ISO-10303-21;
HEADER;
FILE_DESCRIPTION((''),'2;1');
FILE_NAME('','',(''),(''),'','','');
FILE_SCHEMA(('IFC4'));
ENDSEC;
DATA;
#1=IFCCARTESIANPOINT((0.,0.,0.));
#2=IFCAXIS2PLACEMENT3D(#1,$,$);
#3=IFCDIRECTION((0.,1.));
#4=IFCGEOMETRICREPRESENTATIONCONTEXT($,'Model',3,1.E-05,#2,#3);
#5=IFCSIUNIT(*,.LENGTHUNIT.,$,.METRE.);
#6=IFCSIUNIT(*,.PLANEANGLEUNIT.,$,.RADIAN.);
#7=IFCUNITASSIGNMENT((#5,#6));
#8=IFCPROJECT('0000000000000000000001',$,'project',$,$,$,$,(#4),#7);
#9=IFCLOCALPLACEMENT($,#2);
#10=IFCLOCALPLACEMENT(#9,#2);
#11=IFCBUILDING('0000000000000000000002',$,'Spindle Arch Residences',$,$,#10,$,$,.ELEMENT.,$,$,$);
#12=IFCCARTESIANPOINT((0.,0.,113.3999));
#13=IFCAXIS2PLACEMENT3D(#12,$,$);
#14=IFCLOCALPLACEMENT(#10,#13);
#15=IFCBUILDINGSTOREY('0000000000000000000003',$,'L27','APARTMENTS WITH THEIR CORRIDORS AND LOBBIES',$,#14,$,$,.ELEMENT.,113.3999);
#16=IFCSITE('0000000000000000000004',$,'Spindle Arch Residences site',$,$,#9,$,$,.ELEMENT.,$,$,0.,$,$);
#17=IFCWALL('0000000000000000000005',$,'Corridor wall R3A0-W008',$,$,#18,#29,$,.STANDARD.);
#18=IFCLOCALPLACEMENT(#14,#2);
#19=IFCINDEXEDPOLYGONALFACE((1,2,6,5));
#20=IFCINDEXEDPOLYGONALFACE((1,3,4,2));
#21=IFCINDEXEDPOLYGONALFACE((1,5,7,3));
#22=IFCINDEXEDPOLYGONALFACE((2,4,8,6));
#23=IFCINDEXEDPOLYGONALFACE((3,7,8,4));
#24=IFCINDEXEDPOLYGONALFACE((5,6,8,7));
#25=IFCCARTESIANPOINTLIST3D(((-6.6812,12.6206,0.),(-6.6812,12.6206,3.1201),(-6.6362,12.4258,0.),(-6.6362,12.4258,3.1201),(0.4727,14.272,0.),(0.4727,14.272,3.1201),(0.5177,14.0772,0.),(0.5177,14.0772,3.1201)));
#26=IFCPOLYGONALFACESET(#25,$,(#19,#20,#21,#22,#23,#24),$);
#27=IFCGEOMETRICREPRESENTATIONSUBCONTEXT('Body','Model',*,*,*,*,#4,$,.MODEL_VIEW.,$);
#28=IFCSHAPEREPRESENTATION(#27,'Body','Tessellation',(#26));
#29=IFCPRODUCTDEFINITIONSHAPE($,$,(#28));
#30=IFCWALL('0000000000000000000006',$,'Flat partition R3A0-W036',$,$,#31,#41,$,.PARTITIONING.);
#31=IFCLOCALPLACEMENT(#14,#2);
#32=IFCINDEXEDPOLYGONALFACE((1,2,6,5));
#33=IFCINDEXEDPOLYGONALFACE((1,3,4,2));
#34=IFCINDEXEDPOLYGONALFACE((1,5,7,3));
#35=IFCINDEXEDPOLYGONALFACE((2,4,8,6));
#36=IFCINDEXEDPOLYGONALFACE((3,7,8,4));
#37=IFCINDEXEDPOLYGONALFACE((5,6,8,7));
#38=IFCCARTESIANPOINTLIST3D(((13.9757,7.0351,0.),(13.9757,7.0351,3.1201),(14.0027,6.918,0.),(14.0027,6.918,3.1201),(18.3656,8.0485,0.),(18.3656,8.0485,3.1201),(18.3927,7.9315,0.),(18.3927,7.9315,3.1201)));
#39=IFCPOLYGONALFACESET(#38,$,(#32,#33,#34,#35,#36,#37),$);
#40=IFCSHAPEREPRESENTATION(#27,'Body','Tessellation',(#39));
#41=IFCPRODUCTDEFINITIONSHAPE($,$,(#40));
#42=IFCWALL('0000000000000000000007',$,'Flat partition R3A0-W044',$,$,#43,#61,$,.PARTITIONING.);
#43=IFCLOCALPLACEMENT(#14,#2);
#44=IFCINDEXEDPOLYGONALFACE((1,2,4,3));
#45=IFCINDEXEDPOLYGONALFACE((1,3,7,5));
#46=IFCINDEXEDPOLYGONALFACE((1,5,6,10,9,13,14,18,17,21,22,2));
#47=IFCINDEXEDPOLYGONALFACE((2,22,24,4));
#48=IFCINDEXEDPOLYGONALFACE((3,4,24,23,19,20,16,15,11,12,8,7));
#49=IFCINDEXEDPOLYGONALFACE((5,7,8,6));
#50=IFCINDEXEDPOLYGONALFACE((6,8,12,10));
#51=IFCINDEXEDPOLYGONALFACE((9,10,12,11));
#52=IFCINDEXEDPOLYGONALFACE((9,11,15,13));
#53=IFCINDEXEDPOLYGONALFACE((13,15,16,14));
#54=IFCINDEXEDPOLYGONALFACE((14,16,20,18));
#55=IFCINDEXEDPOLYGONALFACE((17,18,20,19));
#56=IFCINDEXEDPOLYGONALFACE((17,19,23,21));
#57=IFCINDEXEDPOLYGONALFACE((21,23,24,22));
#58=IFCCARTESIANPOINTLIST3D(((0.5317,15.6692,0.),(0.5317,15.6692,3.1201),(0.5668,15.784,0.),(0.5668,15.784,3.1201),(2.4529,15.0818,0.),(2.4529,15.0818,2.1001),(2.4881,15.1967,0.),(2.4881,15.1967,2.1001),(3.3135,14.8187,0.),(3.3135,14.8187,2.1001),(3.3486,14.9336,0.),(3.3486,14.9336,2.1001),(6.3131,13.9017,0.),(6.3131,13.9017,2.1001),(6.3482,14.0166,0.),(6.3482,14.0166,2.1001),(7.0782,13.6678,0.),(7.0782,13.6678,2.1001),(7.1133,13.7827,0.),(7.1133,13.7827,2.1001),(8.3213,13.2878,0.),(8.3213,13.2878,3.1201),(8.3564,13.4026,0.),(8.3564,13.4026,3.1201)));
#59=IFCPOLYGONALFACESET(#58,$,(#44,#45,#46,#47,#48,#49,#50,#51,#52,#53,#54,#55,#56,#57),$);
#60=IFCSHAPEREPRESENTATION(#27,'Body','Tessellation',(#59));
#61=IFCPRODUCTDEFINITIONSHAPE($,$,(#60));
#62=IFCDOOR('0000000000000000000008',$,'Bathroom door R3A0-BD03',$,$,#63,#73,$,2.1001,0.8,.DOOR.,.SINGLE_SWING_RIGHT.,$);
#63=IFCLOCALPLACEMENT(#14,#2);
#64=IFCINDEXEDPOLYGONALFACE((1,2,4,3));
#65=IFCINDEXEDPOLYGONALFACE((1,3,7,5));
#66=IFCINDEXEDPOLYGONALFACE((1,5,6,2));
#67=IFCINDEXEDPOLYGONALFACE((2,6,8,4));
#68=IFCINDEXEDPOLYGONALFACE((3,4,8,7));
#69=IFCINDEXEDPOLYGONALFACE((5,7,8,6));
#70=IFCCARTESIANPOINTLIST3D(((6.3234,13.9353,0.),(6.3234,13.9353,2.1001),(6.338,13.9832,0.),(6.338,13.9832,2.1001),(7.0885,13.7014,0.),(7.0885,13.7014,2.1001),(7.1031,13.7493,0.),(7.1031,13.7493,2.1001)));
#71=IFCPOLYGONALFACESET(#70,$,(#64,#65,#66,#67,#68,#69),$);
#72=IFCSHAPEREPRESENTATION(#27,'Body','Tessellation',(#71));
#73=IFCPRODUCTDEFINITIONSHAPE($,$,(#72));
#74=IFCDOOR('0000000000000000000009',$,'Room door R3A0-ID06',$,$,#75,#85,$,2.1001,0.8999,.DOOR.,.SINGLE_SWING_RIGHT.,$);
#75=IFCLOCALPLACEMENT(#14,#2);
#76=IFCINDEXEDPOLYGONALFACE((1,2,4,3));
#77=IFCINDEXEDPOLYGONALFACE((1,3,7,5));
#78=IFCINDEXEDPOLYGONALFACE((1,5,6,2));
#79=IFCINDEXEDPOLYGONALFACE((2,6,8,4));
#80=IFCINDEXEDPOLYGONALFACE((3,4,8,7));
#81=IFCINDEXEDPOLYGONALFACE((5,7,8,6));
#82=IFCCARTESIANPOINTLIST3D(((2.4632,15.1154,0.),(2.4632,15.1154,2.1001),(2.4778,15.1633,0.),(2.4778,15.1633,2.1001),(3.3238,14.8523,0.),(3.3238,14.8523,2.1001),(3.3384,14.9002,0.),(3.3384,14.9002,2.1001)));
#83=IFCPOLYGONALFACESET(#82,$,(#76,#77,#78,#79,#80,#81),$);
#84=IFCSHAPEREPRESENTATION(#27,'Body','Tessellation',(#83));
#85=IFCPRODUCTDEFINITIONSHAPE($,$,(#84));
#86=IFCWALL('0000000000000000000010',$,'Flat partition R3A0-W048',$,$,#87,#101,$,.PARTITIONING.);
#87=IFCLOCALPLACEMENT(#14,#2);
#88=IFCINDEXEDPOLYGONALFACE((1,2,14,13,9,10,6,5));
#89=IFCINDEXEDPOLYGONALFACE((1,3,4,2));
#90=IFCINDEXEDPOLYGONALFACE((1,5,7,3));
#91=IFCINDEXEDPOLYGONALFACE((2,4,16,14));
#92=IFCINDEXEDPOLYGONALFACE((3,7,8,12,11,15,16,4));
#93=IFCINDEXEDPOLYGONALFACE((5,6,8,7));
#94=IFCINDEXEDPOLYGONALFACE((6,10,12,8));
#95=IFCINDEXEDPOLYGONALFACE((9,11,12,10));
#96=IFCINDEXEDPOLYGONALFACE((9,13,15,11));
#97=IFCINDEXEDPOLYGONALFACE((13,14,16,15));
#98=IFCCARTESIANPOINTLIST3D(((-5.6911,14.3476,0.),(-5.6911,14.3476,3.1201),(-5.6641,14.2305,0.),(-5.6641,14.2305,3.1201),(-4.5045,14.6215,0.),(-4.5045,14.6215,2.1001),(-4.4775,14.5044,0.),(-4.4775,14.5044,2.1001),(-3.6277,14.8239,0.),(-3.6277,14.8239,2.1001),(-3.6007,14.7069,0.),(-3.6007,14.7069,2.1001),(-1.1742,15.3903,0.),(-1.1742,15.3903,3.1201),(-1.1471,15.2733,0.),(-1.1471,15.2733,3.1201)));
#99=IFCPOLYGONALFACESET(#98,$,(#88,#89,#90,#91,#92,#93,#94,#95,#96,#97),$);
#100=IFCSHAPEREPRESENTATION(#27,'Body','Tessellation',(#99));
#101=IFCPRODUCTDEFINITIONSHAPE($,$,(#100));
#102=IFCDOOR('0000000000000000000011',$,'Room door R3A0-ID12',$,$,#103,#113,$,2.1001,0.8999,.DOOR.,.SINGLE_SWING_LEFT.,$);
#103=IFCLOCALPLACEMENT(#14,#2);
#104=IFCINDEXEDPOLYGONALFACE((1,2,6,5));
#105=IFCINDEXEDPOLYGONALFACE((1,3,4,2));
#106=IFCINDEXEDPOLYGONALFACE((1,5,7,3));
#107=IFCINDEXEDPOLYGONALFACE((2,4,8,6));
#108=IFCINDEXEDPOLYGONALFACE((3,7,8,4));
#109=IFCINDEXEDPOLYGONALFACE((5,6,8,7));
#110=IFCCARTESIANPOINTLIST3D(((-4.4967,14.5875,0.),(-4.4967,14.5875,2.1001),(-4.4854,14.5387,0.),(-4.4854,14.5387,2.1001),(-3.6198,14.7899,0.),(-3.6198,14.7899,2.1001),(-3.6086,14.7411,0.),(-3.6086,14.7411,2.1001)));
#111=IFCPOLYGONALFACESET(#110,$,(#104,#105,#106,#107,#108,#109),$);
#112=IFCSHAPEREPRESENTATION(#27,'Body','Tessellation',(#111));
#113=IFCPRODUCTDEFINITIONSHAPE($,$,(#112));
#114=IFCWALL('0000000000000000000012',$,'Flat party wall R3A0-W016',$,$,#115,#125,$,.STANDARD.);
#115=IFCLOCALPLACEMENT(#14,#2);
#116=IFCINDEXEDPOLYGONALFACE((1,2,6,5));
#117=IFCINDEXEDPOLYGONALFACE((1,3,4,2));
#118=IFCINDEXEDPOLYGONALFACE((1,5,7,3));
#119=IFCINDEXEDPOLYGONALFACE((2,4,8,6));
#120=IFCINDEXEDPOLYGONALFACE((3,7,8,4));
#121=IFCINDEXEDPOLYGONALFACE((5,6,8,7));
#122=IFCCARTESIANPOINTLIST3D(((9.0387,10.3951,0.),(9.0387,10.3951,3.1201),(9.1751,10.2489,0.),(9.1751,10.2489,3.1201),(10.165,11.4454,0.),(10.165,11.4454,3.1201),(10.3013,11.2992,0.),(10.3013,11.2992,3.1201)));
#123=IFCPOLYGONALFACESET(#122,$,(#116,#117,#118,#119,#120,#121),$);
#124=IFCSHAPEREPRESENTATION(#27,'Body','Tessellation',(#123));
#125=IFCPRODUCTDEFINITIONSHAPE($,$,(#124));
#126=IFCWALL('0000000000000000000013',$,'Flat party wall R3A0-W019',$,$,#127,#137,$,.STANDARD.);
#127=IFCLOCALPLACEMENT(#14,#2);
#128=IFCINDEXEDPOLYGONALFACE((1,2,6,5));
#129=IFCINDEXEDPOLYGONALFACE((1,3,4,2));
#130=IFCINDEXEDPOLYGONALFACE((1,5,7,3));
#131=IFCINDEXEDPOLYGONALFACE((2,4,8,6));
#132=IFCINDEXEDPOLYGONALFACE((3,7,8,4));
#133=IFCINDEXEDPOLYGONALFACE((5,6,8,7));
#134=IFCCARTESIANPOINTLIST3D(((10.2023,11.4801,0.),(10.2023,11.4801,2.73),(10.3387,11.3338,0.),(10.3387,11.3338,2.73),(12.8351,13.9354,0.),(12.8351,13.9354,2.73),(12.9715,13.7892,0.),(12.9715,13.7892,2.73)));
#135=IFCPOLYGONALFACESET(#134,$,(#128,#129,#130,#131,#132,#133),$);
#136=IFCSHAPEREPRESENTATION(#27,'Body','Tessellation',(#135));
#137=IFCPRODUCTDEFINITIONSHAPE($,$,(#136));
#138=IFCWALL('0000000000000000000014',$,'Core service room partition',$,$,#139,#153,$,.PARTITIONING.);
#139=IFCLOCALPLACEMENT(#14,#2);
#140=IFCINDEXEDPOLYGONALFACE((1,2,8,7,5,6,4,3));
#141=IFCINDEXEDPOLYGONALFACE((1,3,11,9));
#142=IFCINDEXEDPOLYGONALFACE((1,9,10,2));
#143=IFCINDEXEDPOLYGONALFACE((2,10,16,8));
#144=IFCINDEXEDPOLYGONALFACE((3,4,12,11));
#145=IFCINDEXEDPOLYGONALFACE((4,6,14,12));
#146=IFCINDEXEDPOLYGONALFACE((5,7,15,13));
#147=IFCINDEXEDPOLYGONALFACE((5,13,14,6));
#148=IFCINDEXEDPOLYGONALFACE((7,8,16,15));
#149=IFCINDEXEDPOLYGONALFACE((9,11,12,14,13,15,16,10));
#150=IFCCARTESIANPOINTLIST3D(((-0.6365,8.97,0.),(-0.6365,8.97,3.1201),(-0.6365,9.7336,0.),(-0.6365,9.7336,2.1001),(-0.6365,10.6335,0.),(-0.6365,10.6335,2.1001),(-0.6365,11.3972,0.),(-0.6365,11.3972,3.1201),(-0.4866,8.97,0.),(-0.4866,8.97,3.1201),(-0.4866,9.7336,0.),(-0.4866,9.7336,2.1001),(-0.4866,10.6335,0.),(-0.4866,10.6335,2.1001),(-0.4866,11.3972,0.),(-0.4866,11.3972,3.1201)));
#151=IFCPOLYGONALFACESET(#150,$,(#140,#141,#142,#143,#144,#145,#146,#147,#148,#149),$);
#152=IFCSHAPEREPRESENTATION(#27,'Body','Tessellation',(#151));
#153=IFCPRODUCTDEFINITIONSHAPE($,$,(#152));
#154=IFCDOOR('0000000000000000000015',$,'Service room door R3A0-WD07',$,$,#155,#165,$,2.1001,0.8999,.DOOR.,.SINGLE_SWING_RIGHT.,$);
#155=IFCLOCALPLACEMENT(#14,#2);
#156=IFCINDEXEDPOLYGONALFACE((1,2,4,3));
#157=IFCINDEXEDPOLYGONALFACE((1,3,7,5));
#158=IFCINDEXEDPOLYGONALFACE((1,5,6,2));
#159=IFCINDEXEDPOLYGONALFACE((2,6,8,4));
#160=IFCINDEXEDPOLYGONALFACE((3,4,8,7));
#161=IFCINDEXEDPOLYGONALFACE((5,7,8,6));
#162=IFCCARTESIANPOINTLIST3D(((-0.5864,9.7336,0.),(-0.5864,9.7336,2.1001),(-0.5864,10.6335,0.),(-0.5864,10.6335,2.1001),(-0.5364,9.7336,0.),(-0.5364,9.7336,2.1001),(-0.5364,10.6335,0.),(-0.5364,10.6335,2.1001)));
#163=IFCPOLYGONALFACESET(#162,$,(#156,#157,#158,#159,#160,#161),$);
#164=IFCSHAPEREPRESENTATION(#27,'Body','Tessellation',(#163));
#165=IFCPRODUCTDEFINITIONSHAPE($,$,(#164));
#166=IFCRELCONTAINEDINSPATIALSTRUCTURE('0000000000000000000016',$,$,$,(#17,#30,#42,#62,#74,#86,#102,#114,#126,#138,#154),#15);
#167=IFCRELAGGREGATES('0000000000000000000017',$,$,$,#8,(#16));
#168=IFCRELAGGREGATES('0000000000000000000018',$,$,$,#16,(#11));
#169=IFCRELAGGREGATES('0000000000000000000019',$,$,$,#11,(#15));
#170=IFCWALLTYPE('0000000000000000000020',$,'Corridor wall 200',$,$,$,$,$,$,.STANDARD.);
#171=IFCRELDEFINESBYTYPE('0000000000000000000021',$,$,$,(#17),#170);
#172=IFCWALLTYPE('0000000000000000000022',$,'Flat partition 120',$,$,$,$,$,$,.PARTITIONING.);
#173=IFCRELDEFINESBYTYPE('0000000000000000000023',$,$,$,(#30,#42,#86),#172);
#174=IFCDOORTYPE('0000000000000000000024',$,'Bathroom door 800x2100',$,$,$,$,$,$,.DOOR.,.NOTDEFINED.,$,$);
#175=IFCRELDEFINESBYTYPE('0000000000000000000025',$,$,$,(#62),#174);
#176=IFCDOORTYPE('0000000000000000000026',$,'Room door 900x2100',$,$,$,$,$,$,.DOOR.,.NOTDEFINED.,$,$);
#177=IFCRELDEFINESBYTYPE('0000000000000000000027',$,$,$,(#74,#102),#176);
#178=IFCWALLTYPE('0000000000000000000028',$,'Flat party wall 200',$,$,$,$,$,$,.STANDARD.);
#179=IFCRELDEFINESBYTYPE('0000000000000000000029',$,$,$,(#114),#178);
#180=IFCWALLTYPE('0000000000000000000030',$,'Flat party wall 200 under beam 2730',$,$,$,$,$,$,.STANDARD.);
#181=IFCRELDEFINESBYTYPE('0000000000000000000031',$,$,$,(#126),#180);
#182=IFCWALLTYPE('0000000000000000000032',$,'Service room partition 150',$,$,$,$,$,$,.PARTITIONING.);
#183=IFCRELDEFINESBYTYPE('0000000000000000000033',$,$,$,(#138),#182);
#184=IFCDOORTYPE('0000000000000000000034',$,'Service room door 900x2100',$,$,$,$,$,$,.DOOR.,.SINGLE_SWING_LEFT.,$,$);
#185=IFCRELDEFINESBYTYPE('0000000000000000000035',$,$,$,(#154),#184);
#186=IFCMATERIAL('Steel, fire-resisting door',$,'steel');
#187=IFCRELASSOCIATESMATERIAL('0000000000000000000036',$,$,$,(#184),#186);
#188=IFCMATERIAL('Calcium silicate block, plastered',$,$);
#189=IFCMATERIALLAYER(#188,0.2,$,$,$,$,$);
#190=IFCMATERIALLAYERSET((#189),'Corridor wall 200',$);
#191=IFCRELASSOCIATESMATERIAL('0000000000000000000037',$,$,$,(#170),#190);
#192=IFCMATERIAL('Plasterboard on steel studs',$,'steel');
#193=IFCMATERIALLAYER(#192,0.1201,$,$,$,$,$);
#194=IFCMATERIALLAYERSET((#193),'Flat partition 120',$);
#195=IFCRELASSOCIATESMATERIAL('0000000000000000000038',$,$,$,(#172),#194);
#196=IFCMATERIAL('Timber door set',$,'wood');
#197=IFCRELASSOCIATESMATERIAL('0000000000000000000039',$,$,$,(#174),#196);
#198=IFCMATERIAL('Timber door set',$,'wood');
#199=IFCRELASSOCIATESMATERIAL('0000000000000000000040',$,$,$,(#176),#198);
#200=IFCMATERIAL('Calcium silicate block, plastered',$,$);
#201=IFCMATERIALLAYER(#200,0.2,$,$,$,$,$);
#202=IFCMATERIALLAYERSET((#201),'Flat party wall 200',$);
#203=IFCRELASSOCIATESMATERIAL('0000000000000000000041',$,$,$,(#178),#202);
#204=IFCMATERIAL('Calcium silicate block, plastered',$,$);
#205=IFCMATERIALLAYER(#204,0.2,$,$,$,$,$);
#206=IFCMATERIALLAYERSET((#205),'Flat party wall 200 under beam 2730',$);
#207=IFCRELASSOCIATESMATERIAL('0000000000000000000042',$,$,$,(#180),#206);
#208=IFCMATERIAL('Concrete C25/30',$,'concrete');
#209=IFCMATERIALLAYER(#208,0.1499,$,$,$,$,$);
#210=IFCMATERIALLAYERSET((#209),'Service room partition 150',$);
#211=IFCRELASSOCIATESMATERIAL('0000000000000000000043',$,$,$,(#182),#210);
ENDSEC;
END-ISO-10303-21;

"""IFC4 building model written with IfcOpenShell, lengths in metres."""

from ifc_helpers import new_model, si_unit, direction, frame, frame_2d, origin, place, context, subcontext, project, spatial, rectangle, extrude, material, layer, layer_set, type_object, element, fill, save


model = new_model("IFC4")

# Units and contexts
model_context = context("Model", 3, precision=1e-05, world=origin(), true_north=direction((0.0, 1.0)))
body_context = subcontext(model_context, "Body", "Model", "MODEL_VIEW")
ifc_project = project(units=[si_unit("LENGTHUNIT", "METRE"), si_unit("PLANEANGLEUNIT", "RADIAN")], contexts=[model_context])

# Site, building, storey
site_placement = place(None, origin())
site = spatial("IfcSite", under=ifc_project, at=site_placement, Name="Spindle Arch Residences site", CompositionType="ELEMENT", RefElevation=0.0)
building_placement = place(site_placement, origin())
building = spatial("IfcBuilding", under=site, at=building_placement, Name="Spindle Arch Residences", CompositionType="ELEMENT")
storey_placement = place(building_placement, frame((0.0, 0.0, 113.3999)))
storey = spatial("IfcBuildingStorey", under=building, at=storey_placement, Name="L27", Description="APARTMENTS WITH THEIR CORRIDORS AND LOBBIES", CompositionType="ELEMENT", Elevation=113.3999)

# Shared definitions
ifc_material_1 = material(Name="Steel, fire-resisting door", Category="steel")
door_type_1 = type_object("IfcDoorType", Name="Service room door 900x2100", OperationType="SINGLE_SWING_LEFT", PredefinedType="DOOR", material=ifc_material_1)

# Walls
ifc_material_2 = material(Name="Calcium silicate block, plastered")
ifc_layer_1 = layer(ifc_material_2, 0.2)
ifc_layer_set_1 = layer_set([ifc_layer_1], Name="Corridor wall 200")
wall_type_1 = type_object("IfcWallType", Name="Corridor wall 200", PredefinedType="STANDARD", material=ifc_layer_set_1)
wall_1_placement = place(storey_placement, frame((0.4951, 14.1746, 0.0), z_axis=(0.0, 0.0, 1.0), x_axis=(-0.974377, -0.224923, 0.0)))
element("IfcWall", 1, at=wall_1_placement, inside=storey, type_object=wall_type_1, Name="Corridor wall R3A0-W008", PredefinedType="STANDARD", context=body_context, shape_type="SweptSolid", body=[
    extrude(rectangle(XDim=7.342, YDim=0.2, at=frame_2d((3.6709, 0.0))), origin(), (0.0, 0.0, 1.0), 3.1201),
])
ifc_material_3 = material(Name="Plasterboard on steel studs", Category="steel")
ifc_layer_2 = layer(ifc_material_3, 0.1201)
ifc_layer_set_2 = layer_set([ifc_layer_2], Name="Flat partition 120")
wall_type_2 = type_object("IfcWallType", Name="Flat partition 120", PredefinedType="PARTITIONING", material=ifc_layer_set_2)
wall_2_placement = place(storey_placement, frame((18.3792, 7.99, 0.0), z_axis=(0.0, 0.0, 1.0), x_axis=(-0.974373, -0.224939, 0.0)))
element("IfcWall", 2, at=wall_2_placement, inside=storey, type_object=wall_type_2, Name="Flat partition R3A0-W036", PredefinedType="PARTITIONING", context=body_context, shape_type="SweptSolid", body=[
    extrude(rectangle(XDim=4.5054, YDim=0.1201, at=frame_2d((2.2527, 0.0))), origin(), (0.0, 0.0, 1.0), 3.1201),
])

# Wall, openings, doors
wall_3_placement = place(storey_placement, frame((8.3389, 13.3452, 0.0), z_axis=(0.0, 0.0, 1.0), x_axis=(-0.95631, 0.292354, 0.0)))
wall_3 = element("IfcWall", 3, at=wall_3_placement, inside=storey, type_object=wall_type_2, Name="Flat partition R3A0-W044", PredefinedType="PARTITIONING", context=body_context, shape_type="SweptSolid", body=[
    extrude(rectangle(XDim=8.1455, YDim=0.1201, at=frame_2d((4.0728, 0.0))), origin(), (0.0, 0.0, 1.0), 3.1201),
])
opening_1_placement = place(wall_3_placement, frame((1.3, 0.0, 0.0)))
opening_1 = element("IfcOpeningElement", 4, at=opening_1_placement, cuts=wall_3, PredefinedType="OPENING", context=body_context, shape_type="SweptSolid", body=[
    extrude(rectangle(XDim=0.8, YDim=2.1001, at=frame_2d((0.3999, 1.05))), frame((0.0, 0.0701, 0.0), z_axis=(0.0, -1.0, 0.0), x_axis=(1.0, 0.0, 0.0)), (0.0, 0.0, 1.0), 0.1401),
])
opening_2_placement = place(wall_3_placement, frame((5.2366, 0.0, 0.0)))
opening_2 = element("IfcOpeningElement", 5, at=opening_2_placement, cuts=wall_3, PredefinedType="OPENING", context=body_context, shape_type="SweptSolid", body=[
    extrude(rectangle(XDim=0.8999, YDim=2.1001, at=frame_2d((0.45, 1.05))), frame((0.0, 0.0701, 0.0), z_axis=(0.0, -1.0, 0.0), x_axis=(1.0, 0.0, 0.0)), (0.0, 0.0, 1.0), 0.1401),
])
ifc_material_4 = material(Name="Timber door set", Category="wood")
door_type_2 = type_object("IfcDoorType", Name="Bathroom door 800x2100", OperationType="NOTDEFINED", PredefinedType="DOOR", material=ifc_material_4)
door_1_placement = place(opening_1_placement, origin())
door_1 = element("IfcDoor", 6, at=door_1_placement, inside=storey, type_object=door_type_2, Name="Bathroom door R3A0-BD03", OperationType="SINGLE_SWING_RIGHT", OverallHeight=2.1001, OverallWidth=0.8, PredefinedType="DOOR", context=body_context, shape_type="SweptSolid", body=[
    extrude(rectangle(XDim=0.8, YDim=2.1001, at=frame_2d((0.3999, 1.05))), frame((0.0, 0.0249, 0.0), z_axis=(0.0, -1.0, 0.0), x_axis=(1.0, 0.0, 0.0)), (0.0, 0.0, 1.0), 0.05),
])
fill(opening_1, door_1)
ifc_material_5 = material(Name="Timber door set", Category="wood")
door_type_3 = type_object("IfcDoorType", Name="Room door 900x2100", OperationType="NOTDEFINED", PredefinedType="DOOR", material=ifc_material_5)
door_2_placement = place(opening_2_placement, origin())
door_2 = element("IfcDoor", 7, at=door_2_placement, inside=storey, type_object=door_type_3, Name="Room door R3A0-ID06", OperationType="SINGLE_SWING_RIGHT", OverallHeight=2.1001, OverallWidth=0.8999, PredefinedType="DOOR", context=body_context, shape_type="SweptSolid", body=[
    extrude(rectangle(XDim=0.8999, YDim=2.1001, at=frame_2d((0.45, 1.05))), frame((0.0, 0.0249, 0.0), z_axis=(0.0, -1.0, 0.0), x_axis=(1.0, 0.0, 0.0)), (0.0, 0.0, 1.0), 0.05),
])
fill(opening_2, door_2)

# Wall, opening, door
wall_4_placement = place(storey_placement, frame((-1.1606, 15.3318, 0.0), z_axis=(0.0, 0.0, 1.0), x_axis=(-0.974373, -0.224936, 0.0)))
wall_4 = element("IfcWall", 8, at=wall_4_placement, inside=storey, type_object=wall_type_2, Name="Flat partition R3A0-W048", PredefinedType="PARTITIONING", context=body_context, shape_type="SweptSolid", body=[
    extrude(rectangle(XDim=4.6357, YDim=0.1201, at=frame_2d((2.3179, 0.0))), origin(), (0.0, 0.0, 1.0), 3.1201),
])
opening_3_placement = place(wall_4_placement, frame((2.5181, 0.0, 0.0)))
opening_3 = element("IfcOpeningElement", 9, at=opening_3_placement, cuts=wall_4, PredefinedType="OPENING", context=body_context, shape_type="SweptSolid", body=[
    extrude(rectangle(XDim=0.8999, YDim=2.1001, at=frame_2d((0.45, 1.05))), frame((0.0, 0.0701, 0.0), z_axis=(0.0, -1.0, 0.0), x_axis=(1.0, 0.0, 0.0)), (0.0, 0.0, 1.0), 0.1401),
])
door_3_placement = place(opening_3_placement, origin())
door_3 = element("IfcDoor", 10, at=door_3_placement, inside=storey, type_object=door_type_3, Name="Room door R3A0-ID12", OperationType="SINGLE_SWING_LEFT", OverallHeight=2.1001, OverallWidth=0.8999, PredefinedType="DOOR", context=body_context, shape_type="SweptSolid", body=[
    extrude(rectangle(XDim=0.8999, YDim=2.1001, at=frame_2d((0.45, 1.05))), frame((0.0, 0.0249, 0.0), z_axis=(0.0, -1.0, 0.0), x_axis=(1.0, 0.0, 0.0)), (0.0, 0.0, 1.0), 0.05),
])
fill(opening_3, door_3)

# Walls
ifc_material_6 = material(Name="Calcium silicate block, plastered")
ifc_layer_3 = layer(ifc_material_6, 0.2)
ifc_layer_set_3 = layer_set([ifc_layer_3], Name="Flat party wall 200")
wall_type_3 = type_object("IfcWallType", Name="Flat party wall 200", PredefinedType="STANDARD", material=ifc_layer_set_3)
wall_5_placement = place(storey_placement, frame((10.2332, 11.3723, 0.0), z_axis=(0.0, 0.0, 1.0), x_axis=(-0.731329, -0.682024, 0.0)))
element("IfcWall", 11, at=wall_5_placement, inside=storey, type_object=wall_type_3, Name="Flat party wall R3A0-W016", PredefinedType="STANDARD", context=body_context, shape_type="SweptSolid", body=[
    extrude(rectangle(XDim=1.54, YDim=0.2, at=frame_2d((0.77, 0.0))), origin(), (0.0, 0.0, 1.0), 3.1201),
])
ifc_material_7 = material(Name="Calcium silicate block, plastered")
ifc_layer_4 = layer(ifc_material_7, 0.2)
ifc_layer_set_4 = layer_set([ifc_layer_4], Name="Flat party wall 200 under beam 2730")
wall_type_4 = type_object("IfcWallType", Name="Flat party wall 200 under beam 2730", PredefinedType="STANDARD", material=ifc_layer_set_4)
wall_6_placement = place(storey_placement, frame((12.9033, 13.8623, 0.0), z_axis=(0.0, 0.0, 1.0), x_axis=(-0.731328, -0.682026, 0.0)))
element("IfcWall", 12, at=wall_6_placement, inside=storey, type_object=wall_type_4, Name="Flat party wall R3A0-W019", PredefinedType="STANDARD", context=body_context, shape_type="SweptSolid", body=[
    extrude(rectangle(XDim=3.6001, YDim=0.2, at=frame_2d((1.8, 0.0))), origin(), (0.0, 0.0, 1.0), 2.73),
])

# Wall, opening, door
ifc_material_8 = material(Name="Concrete C25/30", Category="concrete")
ifc_layer_5 = layer(ifc_material_8, 0.1499)
ifc_layer_set_5 = layer_set([ifc_layer_5], Name="Service room partition 150")
wall_type_5 = type_object("IfcWallType", Name="Service room partition 150", PredefinedType="PARTITIONING", material=ifc_layer_set_5)
wall_7_placement = place(storey_placement, frame((-0.5615, 8.97, 0.0), z_axis=(0.0, 0.0, 1.0), x_axis=(0.0, 1.0, 0.0)))
wall_7 = element("IfcWall", 13, at=wall_7_placement, inside=storey, type_object=wall_type_5, Name="Core service room partition", PredefinedType="PARTITIONING", context=body_context, shape_type="SweptSolid", body=[
    extrude(rectangle(XDim=2.4272, YDim=0.1499, at=frame_2d((1.2136, 0.0))), origin(), (0.0, 0.0, 1.0), 3.1201),
])
opening_4_placement = place(wall_7_placement, frame((0.7637, 0.0, 0.0)))
opening_4 = element("IfcOpeningElement", 14, at=opening_4_placement, cuts=wall_7, PredefinedType="OPENING", context=body_context, shape_type="SweptSolid", body=[
    extrude(rectangle(XDim=0.8999, YDim=2.1001, at=frame_2d((0.45, 1.05))), frame((0.0, 0.085, 0.0), z_axis=(0.0, -1.0, 0.0), x_axis=(1.0, 0.0, 0.0)), (0.0, 0.0, 1.0), 0.1699),
])
door_4_placement = place(opening_4_placement, origin())
door_4 = element("IfcDoor", 15, at=door_4_placement, inside=storey, type_object=door_type_1, Name="Service room door R3A0-WD07", OperationType="SINGLE_SWING_RIGHT", OverallHeight=2.1001, OverallWidth=0.8999, PredefinedType="DOOR", context=body_context, shape_type="SweptSolid", body=[
    extrude(rectangle(XDim=0.8999, YDim=2.1001, at=frame_2d((0.45, 1.05))), frame((0.0, 0.0249, 0.0), z_axis=(0.0, -1.0, 0.0), x_axis=(1.0, 0.0, 0.0)), (0.0, 0.0, 1.0), 0.05),
])
fill(opening_4, door_4)

save(model, "model.ifc")
